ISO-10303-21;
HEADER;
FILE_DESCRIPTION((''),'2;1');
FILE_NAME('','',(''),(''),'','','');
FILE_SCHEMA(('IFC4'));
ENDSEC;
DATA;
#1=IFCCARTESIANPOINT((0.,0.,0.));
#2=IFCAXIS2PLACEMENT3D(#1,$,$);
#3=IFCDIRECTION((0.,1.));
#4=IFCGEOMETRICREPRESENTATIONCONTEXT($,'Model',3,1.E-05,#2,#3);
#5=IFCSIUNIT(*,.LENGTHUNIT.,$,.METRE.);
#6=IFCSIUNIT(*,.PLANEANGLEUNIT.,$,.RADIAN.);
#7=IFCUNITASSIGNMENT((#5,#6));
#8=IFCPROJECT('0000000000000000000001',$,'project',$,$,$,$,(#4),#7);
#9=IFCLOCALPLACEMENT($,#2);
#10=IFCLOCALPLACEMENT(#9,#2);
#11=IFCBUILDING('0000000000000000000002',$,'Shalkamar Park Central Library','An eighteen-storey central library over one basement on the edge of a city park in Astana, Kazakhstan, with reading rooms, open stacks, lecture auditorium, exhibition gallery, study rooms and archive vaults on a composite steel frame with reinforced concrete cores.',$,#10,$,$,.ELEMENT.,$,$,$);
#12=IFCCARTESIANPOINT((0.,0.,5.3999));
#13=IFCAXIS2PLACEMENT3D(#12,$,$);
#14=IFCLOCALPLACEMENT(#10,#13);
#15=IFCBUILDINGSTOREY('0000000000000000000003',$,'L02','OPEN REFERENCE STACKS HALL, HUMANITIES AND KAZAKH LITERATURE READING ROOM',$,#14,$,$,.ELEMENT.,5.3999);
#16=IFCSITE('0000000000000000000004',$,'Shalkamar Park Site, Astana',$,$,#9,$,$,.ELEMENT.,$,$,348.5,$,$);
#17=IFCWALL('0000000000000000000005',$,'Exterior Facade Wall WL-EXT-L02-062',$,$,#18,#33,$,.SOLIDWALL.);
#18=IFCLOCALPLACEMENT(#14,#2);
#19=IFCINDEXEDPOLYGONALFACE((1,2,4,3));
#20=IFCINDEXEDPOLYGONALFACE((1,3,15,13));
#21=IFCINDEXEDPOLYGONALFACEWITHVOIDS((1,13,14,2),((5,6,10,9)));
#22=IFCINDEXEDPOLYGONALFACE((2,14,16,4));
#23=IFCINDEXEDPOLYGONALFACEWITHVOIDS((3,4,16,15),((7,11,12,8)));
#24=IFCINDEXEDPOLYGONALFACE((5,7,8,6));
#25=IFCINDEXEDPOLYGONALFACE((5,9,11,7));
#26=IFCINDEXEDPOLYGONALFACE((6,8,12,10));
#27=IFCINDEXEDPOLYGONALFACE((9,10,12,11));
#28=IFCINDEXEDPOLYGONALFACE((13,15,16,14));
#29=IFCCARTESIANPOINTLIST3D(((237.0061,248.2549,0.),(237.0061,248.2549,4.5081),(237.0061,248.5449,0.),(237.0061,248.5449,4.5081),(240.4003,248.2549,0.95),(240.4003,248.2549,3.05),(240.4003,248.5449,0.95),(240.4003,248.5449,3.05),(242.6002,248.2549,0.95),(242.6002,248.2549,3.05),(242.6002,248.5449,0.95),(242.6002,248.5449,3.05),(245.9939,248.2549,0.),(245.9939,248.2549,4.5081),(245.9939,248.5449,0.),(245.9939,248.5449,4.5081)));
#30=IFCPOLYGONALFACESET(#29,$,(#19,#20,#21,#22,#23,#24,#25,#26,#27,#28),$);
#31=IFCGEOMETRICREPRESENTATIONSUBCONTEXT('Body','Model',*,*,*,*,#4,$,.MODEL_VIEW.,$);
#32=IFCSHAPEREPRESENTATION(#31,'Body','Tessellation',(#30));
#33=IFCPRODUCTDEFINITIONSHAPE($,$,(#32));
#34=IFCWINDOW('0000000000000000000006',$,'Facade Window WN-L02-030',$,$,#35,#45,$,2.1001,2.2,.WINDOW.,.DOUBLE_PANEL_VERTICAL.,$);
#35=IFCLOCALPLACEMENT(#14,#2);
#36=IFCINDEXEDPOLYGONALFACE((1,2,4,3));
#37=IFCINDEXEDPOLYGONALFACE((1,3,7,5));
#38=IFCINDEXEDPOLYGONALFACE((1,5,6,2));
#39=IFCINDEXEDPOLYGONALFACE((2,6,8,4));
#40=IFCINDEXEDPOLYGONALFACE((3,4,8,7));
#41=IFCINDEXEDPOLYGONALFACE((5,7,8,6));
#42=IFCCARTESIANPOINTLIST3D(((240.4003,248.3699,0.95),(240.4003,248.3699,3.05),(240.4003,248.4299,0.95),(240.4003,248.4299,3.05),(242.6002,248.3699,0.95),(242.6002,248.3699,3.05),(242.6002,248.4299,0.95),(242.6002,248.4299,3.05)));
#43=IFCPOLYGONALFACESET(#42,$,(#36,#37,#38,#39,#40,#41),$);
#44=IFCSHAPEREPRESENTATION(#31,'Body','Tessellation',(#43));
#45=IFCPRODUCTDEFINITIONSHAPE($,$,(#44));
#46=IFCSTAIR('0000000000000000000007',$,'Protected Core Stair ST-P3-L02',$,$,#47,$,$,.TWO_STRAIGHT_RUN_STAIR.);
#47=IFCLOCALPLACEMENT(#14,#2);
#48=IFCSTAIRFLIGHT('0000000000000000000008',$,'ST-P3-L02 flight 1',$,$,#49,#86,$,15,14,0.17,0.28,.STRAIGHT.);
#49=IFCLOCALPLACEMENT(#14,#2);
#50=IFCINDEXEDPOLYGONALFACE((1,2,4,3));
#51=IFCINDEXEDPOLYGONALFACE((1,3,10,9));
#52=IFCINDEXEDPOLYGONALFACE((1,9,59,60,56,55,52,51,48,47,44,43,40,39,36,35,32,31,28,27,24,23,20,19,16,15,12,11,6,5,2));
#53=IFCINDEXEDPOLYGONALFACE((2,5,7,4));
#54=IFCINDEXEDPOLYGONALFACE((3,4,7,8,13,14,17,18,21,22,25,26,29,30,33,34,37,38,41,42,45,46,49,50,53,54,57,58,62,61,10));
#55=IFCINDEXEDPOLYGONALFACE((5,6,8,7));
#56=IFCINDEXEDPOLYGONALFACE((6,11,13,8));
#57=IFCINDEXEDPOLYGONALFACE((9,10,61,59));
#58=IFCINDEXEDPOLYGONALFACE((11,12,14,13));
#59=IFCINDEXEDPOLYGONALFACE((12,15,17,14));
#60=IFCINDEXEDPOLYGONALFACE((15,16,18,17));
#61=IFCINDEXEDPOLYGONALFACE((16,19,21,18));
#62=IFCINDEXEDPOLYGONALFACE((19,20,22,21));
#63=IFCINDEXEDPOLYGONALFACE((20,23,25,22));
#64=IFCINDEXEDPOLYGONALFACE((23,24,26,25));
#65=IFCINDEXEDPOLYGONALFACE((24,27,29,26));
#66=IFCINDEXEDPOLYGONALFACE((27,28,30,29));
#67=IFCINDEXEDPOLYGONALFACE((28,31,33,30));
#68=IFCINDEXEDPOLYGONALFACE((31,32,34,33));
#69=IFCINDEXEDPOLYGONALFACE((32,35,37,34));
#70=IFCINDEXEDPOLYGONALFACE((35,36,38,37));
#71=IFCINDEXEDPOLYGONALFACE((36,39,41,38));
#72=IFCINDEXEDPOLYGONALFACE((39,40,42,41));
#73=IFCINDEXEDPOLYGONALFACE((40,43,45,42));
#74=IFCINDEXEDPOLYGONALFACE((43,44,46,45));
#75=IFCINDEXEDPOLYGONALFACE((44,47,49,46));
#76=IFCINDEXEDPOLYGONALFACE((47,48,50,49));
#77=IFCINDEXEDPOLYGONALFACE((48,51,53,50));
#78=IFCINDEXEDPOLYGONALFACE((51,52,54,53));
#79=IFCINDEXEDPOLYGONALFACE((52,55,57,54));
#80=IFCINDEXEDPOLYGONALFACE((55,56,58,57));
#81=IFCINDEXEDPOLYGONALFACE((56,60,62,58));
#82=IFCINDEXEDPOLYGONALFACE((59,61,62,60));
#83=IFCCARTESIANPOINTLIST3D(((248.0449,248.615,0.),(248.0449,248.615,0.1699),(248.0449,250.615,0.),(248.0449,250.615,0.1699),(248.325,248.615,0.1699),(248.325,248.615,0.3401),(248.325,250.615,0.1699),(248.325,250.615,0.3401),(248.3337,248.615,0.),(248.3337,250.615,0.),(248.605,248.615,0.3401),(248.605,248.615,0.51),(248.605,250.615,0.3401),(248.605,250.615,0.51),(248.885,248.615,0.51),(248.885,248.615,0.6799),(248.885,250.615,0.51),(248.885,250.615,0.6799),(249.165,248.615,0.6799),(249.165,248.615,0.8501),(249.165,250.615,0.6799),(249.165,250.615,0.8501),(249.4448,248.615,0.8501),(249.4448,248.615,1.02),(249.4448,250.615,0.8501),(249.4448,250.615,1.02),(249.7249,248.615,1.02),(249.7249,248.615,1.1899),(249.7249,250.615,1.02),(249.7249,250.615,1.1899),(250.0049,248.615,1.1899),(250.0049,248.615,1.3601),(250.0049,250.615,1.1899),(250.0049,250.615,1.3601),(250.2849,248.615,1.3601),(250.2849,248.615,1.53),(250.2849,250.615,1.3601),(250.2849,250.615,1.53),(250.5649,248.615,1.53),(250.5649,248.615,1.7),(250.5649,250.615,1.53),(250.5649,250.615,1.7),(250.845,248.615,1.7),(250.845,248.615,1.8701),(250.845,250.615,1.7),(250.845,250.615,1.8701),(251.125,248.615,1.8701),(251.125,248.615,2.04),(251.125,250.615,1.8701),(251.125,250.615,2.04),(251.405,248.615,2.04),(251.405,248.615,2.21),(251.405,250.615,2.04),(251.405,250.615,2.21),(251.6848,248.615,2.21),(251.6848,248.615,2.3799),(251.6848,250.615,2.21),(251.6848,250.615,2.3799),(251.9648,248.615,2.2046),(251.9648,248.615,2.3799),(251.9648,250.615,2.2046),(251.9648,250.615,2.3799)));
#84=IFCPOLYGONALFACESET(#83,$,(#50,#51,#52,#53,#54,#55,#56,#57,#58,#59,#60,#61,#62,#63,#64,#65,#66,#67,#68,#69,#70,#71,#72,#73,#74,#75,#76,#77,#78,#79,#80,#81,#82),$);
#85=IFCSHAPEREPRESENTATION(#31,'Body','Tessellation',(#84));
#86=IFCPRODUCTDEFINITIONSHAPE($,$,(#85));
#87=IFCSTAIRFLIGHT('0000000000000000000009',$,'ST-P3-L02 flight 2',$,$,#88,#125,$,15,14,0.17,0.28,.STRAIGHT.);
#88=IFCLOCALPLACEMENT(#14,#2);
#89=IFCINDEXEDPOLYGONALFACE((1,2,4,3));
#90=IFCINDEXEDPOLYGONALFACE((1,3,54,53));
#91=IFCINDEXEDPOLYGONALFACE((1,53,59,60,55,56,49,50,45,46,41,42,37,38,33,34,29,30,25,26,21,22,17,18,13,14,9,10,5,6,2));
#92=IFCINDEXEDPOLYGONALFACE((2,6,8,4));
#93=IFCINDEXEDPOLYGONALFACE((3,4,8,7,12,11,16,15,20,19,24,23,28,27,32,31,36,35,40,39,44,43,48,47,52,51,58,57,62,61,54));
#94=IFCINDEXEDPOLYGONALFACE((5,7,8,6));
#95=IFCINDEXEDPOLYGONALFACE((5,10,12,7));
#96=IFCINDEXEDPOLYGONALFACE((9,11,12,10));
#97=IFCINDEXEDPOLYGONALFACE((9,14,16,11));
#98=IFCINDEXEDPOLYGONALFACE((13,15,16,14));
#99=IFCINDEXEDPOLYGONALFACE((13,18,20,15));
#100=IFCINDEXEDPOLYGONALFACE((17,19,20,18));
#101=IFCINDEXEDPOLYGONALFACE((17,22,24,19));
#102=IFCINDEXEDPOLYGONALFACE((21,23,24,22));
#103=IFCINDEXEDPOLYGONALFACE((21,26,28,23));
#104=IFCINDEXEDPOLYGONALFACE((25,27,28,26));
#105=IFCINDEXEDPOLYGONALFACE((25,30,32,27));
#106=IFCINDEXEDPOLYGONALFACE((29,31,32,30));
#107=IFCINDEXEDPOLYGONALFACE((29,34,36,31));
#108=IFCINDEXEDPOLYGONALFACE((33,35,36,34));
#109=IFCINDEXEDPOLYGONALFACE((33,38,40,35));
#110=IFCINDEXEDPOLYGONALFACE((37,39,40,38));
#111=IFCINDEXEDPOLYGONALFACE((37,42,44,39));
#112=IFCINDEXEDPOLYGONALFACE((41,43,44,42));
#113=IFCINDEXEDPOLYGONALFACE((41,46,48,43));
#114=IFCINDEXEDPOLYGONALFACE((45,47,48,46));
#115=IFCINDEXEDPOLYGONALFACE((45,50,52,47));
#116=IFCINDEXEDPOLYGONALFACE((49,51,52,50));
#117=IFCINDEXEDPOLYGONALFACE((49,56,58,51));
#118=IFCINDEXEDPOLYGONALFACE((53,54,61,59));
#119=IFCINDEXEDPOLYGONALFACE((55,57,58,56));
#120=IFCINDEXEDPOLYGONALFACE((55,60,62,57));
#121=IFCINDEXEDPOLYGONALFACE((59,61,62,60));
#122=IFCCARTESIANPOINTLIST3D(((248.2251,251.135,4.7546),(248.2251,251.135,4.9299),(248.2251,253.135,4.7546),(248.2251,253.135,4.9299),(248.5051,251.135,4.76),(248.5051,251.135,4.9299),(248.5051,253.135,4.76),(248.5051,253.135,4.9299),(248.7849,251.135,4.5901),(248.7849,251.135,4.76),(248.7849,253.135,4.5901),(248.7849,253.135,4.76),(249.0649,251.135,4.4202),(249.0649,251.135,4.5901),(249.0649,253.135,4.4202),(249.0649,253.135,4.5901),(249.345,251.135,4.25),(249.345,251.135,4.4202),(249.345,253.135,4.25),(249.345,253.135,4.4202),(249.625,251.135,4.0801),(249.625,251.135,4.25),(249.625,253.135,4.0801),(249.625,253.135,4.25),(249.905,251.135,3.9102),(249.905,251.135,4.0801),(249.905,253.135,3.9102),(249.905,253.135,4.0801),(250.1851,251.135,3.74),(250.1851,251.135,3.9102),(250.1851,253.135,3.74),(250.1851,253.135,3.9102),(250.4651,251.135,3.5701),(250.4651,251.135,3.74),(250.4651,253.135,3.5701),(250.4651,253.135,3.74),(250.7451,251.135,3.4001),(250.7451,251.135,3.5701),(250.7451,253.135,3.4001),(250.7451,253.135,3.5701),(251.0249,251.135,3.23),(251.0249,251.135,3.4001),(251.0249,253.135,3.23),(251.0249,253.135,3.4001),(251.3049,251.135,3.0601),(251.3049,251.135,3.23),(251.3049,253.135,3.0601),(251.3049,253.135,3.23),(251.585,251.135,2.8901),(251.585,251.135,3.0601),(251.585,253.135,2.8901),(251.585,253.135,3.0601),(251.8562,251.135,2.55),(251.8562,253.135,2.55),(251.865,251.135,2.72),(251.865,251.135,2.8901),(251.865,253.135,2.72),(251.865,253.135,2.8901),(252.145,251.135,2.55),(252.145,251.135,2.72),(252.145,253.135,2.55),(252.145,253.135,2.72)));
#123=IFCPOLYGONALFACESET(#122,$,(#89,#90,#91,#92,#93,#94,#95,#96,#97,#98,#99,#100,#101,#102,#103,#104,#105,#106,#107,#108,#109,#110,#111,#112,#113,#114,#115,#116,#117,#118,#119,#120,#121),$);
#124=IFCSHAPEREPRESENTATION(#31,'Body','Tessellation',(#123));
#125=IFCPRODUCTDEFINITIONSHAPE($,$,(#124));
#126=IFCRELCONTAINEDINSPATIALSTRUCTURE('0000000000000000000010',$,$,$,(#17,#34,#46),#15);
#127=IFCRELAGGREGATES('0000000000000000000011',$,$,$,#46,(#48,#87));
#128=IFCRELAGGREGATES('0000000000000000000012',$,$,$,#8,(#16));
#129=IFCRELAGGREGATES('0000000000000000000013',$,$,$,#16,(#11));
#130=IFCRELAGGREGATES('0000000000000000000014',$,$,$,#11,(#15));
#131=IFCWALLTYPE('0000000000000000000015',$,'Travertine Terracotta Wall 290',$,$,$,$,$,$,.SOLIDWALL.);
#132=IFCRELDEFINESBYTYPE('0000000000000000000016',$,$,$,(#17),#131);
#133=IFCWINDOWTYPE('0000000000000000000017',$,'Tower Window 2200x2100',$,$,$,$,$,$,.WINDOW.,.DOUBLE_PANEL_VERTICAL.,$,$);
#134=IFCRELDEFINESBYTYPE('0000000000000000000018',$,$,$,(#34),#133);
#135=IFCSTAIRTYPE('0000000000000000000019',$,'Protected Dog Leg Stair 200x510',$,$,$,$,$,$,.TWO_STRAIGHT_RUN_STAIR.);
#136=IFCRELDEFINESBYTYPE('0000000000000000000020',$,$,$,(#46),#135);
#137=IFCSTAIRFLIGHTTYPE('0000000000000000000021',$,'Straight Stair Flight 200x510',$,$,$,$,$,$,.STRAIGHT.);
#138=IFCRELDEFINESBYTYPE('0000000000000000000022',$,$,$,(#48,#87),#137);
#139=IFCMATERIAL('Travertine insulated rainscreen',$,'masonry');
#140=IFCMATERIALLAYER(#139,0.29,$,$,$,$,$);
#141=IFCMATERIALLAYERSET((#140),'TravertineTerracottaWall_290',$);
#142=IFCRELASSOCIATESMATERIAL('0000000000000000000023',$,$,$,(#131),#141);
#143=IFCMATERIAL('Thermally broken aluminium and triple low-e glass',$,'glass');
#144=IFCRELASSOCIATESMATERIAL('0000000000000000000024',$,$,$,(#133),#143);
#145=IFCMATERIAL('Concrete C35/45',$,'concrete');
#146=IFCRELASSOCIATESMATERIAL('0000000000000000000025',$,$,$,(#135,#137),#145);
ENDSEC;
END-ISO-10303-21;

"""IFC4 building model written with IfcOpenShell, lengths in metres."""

from ifc_helpers import new_model, si_unit, direction, frame, frame_2d, origin, place, context, subcontext, project, spatial, polyline, rectangle, outline, extrude, material, layer, layer_set, type_object, element, fill, aggregate, save


model = new_model("IFC4")

# Units and contexts
model_context = context("Model", 3, precision=1e-05, world=origin(), true_north=direction((0.0, 1.0)))
body_context = subcontext(model_context, "Body", "Model", "MODEL_VIEW")
ifc_project = project(units=[si_unit("LENGTHUNIT", "METRE"), si_unit("PLANEANGLEUNIT", "RADIAN")], contexts=[model_context])

# Site, building, storey
site_placement = place(None, origin())
site = spatial("IfcSite", under=ifc_project, at=site_placement, Name="Shalkamar Park Site, Astana", CompositionType="ELEMENT", RefElevation=348.5)
building_placement = place(site_placement, origin())
building = spatial("IfcBuilding", under=site, at=building_placement, Name="Shalkamar Park Central Library", Description="An eighteen-storey central library over one basement on the edge of a city park in Astana, Kazakhstan, with reading rooms, open stacks, lecture auditorium, exhibition gallery, study rooms and archive vaults on a composite steel frame with reinforced concrete cores.", CompositionType="ELEMENT")
storey_placement = place(building_placement, frame((0.0, 0.0, 5.3999)))
storey = spatial("IfcBuildingStorey", under=building, at=storey_placement, Name="L02", Description="OPEN REFERENCE STACKS HALL, HUMANITIES AND KAZAKH LITERATURE READING ROOM", CompositionType="ELEMENT", Elevation=5.3999)

# Wall, opening, window
ifc_material_1 = material(Name="Travertine insulated rainscreen", Category="masonry")
ifc_layer_1 = layer(ifc_material_1, 0.29)
ifc_layer_set_1 = layer_set([ifc_layer_1], Name="TravertineTerracottaWall_290")
wall_type_1 = type_object("IfcWallType", Name="Travertine Terracotta Wall 290", PredefinedType="SOLIDWALL", material=ifc_layer_set_1)
wall_1_placement = place(storey_placement, frame((237.0061, 248.3999, 0.0), z_axis=(0.0, 0.0, 1.0), x_axis=(1.0, 0.0, 0.0)))
wall_1 = element("IfcWall", 1, at=wall_1_placement, inside=storey, type_object=wall_type_1, Name="Exterior Facade Wall WL-EXT-L02-062", PredefinedType="SOLIDWALL", context=body_context, shape_type="SweptSolid", body=[
    extrude(rectangle(XDim=8.9878, YDim=0.29, at=frame_2d((4.4939, 0.0))), origin(), (0.0, 0.0, 1.0), 4.5081),
])
opening_1_placement = place(wall_1_placement, frame((3.394, 0.0, 0.95)))
opening_1 = element("IfcOpeningElement", 2, at=opening_1_placement, cuts=wall_1, PredefinedType="OPENING", context=body_context, shape_type="SweptSolid", body=[
    extrude(rectangle(XDim=2.2, YDim=2.1001, at=frame_2d((1.1001, 1.05))), frame((0.0, 0.1599, 0.0), z_axis=(0.0, -1.0, 0.0), x_axis=(1.0, 0.0, 0.0)), (0.0, 0.0, 1.0), 0.3198),
])
ifc_material_2 = material(Name="Thermally broken aluminium and triple low-e glass", Category="glass")
window_type = type_object("IfcWindowType", Name="Tower Window 2200x2100", PartitioningType="DOUBLE_PANEL_VERTICAL", PredefinedType="WINDOW", material=ifc_material_2)
window_placement = place(opening_1_placement, origin())
window = element("IfcWindow", 3, at=window_placement, inside=storey, type_object=window_type, Name="Facade Window WN-L02-030", OverallHeight=2.1001, OverallWidth=2.2, PartitioningType="DOUBLE_PANEL_VERTICAL", PredefinedType="WINDOW", context=body_context, shape_type="SweptSolid", body=[
    extrude(rectangle(XDim=2.2, YDim=2.1001, at=frame_2d((1.1001, 1.05))), frame((0.0, 0.03, 0.0), z_axis=(0.0, -1.0, 0.0), x_axis=(1.0, 0.0, 0.0)), (0.0, 0.0, 1.0), 0.0601),
])
fill(opening_1, window)

# Stair, stair flights
ifc_material_3 = material(Name="Concrete C35/45", Category="concrete")
stair_type = type_object("IfcStairType", Name="Protected Dog Leg Stair 200x510", PredefinedType="TWO_STRAIGHT_RUN_STAIR", material=ifc_material_3)
stair_placement = place(storey_placement, origin())
stair = element("IfcStair", 4, at=stair_placement, inside=storey, type_object=stair_type, Name="Protected Core Stair ST-P3-L02", PredefinedType="TWO_STRAIGHT_RUN_STAIR")
stair_flight_type = type_object("IfcStairFlightType", Name="Straight Stair Flight 200x510", PredefinedType="STRAIGHT", material=ifc_material_3)
stair_flight_1_placement = place(storey_placement, frame((248.0449, 249.615, 0.0), z_axis=(0.0, 0.0, 1.0), x_axis=(1.0, 0.0, 0.0)))
stair_flight_1 = element("IfcStairFlight", 5, at=stair_flight_1_placement, type_object=stair_flight_type, Name="ST-P3-L02 flight 1", NumberOfRisers=15, NumberOfTreads=14, PredefinedType="STRAIGHT", RiserHeight=0.17, TreadLength=0.28, context=body_context, shape_type="SweptSolid", body=[
    extrude(outline(polyline([(0.0, 0.0), (0.0, 0.1699), (0.28, 0.1699), (0.28, 0.3401), (0.5601, 0.3401), (0.5601, 0.51), (0.8401, 0.51), (0.8401, 0.6799), (1.1201, 0.6799), (1.1201, 0.8501), (1.3999, 0.8501), (1.3999, 1.02), (1.6799, 1.02), (1.6799, 1.1899), (1.96, 1.1899), (1.96, 1.3601), (2.24, 1.3601), (2.24, 1.53), (2.52, 1.53), (2.52, 1.7), (2.8, 1.7), (2.8, 1.8701), (3.0801, 1.8701), (3.0801, 2.04), (3.3601, 2.04), (3.3601, 2.21), (3.6399, 2.21), (3.6399, 2.3799), (3.9199, 2.3799), (3.9199, 2.55), (3.9199, 2.2046), (0.2888, 0.0), (0.0, 0.0)])), frame((0.0, 1.0, 0.0), z_axis=(0.0, -1.0, 0.0), x_axis=(1.0, 0.0, 0.0)), (0.0, 0.0, 1.0), 2.0),
])
stair_flight_2_placement = place(storey_placement, frame((252.145, 252.135, 2.55), z_axis=(0.0, 0.0, 1.0), x_axis=(-1.0, 0.0, 0.0)))
stair_flight_2 = element("IfcStairFlight", 6, at=stair_flight_2_placement, type_object=stair_flight_type, Name="ST-P3-L02 flight 2", NumberOfRisers=15, NumberOfTreads=14, PredefinedType="STRAIGHT", RiserHeight=0.17, TreadLength=0.28, context=body_context, shape_type="SweptSolid", body=[
    extrude(outline(polyline([(0.0, 0.0), (0.0, 0.1699), (0.28, 0.1699), (0.28, 0.3401), (0.5601, 0.3401), (0.5601, 0.51), (0.8401, 0.51), (0.8401, 0.6799), (1.1201, 0.6799), (1.1201, 0.8501), (1.3999, 0.8501), (1.3999, 1.02), (1.6799, 1.02), (1.6799, 1.1899), (1.96, 1.1899), (1.96, 1.3601), (2.24, 1.3601), (2.24, 1.53), (2.52, 1.53), (2.52, 1.7), (2.8, 1.7), (2.8, 1.8701), (3.0801, 1.8701), (3.0801, 2.04), (3.3601, 2.04), (3.3601, 2.21), (3.6399, 2.21), (3.6399, 2.3799), (3.9199, 2.3799), (3.9199, 2.55), (3.9199, 2.2046), (0.2888, 0.0), (0.0, 0.0)])), frame((0.0, 1.0, 0.0), z_axis=(0.0, -1.0, 0.0), x_axis=(1.0, 0.0, 0.0)), (0.0, 0.0, 1.0), 2.0),
])
aggregate(stair, [stair_flight_1, stair_flight_2])

save(model, "model.ifc")
